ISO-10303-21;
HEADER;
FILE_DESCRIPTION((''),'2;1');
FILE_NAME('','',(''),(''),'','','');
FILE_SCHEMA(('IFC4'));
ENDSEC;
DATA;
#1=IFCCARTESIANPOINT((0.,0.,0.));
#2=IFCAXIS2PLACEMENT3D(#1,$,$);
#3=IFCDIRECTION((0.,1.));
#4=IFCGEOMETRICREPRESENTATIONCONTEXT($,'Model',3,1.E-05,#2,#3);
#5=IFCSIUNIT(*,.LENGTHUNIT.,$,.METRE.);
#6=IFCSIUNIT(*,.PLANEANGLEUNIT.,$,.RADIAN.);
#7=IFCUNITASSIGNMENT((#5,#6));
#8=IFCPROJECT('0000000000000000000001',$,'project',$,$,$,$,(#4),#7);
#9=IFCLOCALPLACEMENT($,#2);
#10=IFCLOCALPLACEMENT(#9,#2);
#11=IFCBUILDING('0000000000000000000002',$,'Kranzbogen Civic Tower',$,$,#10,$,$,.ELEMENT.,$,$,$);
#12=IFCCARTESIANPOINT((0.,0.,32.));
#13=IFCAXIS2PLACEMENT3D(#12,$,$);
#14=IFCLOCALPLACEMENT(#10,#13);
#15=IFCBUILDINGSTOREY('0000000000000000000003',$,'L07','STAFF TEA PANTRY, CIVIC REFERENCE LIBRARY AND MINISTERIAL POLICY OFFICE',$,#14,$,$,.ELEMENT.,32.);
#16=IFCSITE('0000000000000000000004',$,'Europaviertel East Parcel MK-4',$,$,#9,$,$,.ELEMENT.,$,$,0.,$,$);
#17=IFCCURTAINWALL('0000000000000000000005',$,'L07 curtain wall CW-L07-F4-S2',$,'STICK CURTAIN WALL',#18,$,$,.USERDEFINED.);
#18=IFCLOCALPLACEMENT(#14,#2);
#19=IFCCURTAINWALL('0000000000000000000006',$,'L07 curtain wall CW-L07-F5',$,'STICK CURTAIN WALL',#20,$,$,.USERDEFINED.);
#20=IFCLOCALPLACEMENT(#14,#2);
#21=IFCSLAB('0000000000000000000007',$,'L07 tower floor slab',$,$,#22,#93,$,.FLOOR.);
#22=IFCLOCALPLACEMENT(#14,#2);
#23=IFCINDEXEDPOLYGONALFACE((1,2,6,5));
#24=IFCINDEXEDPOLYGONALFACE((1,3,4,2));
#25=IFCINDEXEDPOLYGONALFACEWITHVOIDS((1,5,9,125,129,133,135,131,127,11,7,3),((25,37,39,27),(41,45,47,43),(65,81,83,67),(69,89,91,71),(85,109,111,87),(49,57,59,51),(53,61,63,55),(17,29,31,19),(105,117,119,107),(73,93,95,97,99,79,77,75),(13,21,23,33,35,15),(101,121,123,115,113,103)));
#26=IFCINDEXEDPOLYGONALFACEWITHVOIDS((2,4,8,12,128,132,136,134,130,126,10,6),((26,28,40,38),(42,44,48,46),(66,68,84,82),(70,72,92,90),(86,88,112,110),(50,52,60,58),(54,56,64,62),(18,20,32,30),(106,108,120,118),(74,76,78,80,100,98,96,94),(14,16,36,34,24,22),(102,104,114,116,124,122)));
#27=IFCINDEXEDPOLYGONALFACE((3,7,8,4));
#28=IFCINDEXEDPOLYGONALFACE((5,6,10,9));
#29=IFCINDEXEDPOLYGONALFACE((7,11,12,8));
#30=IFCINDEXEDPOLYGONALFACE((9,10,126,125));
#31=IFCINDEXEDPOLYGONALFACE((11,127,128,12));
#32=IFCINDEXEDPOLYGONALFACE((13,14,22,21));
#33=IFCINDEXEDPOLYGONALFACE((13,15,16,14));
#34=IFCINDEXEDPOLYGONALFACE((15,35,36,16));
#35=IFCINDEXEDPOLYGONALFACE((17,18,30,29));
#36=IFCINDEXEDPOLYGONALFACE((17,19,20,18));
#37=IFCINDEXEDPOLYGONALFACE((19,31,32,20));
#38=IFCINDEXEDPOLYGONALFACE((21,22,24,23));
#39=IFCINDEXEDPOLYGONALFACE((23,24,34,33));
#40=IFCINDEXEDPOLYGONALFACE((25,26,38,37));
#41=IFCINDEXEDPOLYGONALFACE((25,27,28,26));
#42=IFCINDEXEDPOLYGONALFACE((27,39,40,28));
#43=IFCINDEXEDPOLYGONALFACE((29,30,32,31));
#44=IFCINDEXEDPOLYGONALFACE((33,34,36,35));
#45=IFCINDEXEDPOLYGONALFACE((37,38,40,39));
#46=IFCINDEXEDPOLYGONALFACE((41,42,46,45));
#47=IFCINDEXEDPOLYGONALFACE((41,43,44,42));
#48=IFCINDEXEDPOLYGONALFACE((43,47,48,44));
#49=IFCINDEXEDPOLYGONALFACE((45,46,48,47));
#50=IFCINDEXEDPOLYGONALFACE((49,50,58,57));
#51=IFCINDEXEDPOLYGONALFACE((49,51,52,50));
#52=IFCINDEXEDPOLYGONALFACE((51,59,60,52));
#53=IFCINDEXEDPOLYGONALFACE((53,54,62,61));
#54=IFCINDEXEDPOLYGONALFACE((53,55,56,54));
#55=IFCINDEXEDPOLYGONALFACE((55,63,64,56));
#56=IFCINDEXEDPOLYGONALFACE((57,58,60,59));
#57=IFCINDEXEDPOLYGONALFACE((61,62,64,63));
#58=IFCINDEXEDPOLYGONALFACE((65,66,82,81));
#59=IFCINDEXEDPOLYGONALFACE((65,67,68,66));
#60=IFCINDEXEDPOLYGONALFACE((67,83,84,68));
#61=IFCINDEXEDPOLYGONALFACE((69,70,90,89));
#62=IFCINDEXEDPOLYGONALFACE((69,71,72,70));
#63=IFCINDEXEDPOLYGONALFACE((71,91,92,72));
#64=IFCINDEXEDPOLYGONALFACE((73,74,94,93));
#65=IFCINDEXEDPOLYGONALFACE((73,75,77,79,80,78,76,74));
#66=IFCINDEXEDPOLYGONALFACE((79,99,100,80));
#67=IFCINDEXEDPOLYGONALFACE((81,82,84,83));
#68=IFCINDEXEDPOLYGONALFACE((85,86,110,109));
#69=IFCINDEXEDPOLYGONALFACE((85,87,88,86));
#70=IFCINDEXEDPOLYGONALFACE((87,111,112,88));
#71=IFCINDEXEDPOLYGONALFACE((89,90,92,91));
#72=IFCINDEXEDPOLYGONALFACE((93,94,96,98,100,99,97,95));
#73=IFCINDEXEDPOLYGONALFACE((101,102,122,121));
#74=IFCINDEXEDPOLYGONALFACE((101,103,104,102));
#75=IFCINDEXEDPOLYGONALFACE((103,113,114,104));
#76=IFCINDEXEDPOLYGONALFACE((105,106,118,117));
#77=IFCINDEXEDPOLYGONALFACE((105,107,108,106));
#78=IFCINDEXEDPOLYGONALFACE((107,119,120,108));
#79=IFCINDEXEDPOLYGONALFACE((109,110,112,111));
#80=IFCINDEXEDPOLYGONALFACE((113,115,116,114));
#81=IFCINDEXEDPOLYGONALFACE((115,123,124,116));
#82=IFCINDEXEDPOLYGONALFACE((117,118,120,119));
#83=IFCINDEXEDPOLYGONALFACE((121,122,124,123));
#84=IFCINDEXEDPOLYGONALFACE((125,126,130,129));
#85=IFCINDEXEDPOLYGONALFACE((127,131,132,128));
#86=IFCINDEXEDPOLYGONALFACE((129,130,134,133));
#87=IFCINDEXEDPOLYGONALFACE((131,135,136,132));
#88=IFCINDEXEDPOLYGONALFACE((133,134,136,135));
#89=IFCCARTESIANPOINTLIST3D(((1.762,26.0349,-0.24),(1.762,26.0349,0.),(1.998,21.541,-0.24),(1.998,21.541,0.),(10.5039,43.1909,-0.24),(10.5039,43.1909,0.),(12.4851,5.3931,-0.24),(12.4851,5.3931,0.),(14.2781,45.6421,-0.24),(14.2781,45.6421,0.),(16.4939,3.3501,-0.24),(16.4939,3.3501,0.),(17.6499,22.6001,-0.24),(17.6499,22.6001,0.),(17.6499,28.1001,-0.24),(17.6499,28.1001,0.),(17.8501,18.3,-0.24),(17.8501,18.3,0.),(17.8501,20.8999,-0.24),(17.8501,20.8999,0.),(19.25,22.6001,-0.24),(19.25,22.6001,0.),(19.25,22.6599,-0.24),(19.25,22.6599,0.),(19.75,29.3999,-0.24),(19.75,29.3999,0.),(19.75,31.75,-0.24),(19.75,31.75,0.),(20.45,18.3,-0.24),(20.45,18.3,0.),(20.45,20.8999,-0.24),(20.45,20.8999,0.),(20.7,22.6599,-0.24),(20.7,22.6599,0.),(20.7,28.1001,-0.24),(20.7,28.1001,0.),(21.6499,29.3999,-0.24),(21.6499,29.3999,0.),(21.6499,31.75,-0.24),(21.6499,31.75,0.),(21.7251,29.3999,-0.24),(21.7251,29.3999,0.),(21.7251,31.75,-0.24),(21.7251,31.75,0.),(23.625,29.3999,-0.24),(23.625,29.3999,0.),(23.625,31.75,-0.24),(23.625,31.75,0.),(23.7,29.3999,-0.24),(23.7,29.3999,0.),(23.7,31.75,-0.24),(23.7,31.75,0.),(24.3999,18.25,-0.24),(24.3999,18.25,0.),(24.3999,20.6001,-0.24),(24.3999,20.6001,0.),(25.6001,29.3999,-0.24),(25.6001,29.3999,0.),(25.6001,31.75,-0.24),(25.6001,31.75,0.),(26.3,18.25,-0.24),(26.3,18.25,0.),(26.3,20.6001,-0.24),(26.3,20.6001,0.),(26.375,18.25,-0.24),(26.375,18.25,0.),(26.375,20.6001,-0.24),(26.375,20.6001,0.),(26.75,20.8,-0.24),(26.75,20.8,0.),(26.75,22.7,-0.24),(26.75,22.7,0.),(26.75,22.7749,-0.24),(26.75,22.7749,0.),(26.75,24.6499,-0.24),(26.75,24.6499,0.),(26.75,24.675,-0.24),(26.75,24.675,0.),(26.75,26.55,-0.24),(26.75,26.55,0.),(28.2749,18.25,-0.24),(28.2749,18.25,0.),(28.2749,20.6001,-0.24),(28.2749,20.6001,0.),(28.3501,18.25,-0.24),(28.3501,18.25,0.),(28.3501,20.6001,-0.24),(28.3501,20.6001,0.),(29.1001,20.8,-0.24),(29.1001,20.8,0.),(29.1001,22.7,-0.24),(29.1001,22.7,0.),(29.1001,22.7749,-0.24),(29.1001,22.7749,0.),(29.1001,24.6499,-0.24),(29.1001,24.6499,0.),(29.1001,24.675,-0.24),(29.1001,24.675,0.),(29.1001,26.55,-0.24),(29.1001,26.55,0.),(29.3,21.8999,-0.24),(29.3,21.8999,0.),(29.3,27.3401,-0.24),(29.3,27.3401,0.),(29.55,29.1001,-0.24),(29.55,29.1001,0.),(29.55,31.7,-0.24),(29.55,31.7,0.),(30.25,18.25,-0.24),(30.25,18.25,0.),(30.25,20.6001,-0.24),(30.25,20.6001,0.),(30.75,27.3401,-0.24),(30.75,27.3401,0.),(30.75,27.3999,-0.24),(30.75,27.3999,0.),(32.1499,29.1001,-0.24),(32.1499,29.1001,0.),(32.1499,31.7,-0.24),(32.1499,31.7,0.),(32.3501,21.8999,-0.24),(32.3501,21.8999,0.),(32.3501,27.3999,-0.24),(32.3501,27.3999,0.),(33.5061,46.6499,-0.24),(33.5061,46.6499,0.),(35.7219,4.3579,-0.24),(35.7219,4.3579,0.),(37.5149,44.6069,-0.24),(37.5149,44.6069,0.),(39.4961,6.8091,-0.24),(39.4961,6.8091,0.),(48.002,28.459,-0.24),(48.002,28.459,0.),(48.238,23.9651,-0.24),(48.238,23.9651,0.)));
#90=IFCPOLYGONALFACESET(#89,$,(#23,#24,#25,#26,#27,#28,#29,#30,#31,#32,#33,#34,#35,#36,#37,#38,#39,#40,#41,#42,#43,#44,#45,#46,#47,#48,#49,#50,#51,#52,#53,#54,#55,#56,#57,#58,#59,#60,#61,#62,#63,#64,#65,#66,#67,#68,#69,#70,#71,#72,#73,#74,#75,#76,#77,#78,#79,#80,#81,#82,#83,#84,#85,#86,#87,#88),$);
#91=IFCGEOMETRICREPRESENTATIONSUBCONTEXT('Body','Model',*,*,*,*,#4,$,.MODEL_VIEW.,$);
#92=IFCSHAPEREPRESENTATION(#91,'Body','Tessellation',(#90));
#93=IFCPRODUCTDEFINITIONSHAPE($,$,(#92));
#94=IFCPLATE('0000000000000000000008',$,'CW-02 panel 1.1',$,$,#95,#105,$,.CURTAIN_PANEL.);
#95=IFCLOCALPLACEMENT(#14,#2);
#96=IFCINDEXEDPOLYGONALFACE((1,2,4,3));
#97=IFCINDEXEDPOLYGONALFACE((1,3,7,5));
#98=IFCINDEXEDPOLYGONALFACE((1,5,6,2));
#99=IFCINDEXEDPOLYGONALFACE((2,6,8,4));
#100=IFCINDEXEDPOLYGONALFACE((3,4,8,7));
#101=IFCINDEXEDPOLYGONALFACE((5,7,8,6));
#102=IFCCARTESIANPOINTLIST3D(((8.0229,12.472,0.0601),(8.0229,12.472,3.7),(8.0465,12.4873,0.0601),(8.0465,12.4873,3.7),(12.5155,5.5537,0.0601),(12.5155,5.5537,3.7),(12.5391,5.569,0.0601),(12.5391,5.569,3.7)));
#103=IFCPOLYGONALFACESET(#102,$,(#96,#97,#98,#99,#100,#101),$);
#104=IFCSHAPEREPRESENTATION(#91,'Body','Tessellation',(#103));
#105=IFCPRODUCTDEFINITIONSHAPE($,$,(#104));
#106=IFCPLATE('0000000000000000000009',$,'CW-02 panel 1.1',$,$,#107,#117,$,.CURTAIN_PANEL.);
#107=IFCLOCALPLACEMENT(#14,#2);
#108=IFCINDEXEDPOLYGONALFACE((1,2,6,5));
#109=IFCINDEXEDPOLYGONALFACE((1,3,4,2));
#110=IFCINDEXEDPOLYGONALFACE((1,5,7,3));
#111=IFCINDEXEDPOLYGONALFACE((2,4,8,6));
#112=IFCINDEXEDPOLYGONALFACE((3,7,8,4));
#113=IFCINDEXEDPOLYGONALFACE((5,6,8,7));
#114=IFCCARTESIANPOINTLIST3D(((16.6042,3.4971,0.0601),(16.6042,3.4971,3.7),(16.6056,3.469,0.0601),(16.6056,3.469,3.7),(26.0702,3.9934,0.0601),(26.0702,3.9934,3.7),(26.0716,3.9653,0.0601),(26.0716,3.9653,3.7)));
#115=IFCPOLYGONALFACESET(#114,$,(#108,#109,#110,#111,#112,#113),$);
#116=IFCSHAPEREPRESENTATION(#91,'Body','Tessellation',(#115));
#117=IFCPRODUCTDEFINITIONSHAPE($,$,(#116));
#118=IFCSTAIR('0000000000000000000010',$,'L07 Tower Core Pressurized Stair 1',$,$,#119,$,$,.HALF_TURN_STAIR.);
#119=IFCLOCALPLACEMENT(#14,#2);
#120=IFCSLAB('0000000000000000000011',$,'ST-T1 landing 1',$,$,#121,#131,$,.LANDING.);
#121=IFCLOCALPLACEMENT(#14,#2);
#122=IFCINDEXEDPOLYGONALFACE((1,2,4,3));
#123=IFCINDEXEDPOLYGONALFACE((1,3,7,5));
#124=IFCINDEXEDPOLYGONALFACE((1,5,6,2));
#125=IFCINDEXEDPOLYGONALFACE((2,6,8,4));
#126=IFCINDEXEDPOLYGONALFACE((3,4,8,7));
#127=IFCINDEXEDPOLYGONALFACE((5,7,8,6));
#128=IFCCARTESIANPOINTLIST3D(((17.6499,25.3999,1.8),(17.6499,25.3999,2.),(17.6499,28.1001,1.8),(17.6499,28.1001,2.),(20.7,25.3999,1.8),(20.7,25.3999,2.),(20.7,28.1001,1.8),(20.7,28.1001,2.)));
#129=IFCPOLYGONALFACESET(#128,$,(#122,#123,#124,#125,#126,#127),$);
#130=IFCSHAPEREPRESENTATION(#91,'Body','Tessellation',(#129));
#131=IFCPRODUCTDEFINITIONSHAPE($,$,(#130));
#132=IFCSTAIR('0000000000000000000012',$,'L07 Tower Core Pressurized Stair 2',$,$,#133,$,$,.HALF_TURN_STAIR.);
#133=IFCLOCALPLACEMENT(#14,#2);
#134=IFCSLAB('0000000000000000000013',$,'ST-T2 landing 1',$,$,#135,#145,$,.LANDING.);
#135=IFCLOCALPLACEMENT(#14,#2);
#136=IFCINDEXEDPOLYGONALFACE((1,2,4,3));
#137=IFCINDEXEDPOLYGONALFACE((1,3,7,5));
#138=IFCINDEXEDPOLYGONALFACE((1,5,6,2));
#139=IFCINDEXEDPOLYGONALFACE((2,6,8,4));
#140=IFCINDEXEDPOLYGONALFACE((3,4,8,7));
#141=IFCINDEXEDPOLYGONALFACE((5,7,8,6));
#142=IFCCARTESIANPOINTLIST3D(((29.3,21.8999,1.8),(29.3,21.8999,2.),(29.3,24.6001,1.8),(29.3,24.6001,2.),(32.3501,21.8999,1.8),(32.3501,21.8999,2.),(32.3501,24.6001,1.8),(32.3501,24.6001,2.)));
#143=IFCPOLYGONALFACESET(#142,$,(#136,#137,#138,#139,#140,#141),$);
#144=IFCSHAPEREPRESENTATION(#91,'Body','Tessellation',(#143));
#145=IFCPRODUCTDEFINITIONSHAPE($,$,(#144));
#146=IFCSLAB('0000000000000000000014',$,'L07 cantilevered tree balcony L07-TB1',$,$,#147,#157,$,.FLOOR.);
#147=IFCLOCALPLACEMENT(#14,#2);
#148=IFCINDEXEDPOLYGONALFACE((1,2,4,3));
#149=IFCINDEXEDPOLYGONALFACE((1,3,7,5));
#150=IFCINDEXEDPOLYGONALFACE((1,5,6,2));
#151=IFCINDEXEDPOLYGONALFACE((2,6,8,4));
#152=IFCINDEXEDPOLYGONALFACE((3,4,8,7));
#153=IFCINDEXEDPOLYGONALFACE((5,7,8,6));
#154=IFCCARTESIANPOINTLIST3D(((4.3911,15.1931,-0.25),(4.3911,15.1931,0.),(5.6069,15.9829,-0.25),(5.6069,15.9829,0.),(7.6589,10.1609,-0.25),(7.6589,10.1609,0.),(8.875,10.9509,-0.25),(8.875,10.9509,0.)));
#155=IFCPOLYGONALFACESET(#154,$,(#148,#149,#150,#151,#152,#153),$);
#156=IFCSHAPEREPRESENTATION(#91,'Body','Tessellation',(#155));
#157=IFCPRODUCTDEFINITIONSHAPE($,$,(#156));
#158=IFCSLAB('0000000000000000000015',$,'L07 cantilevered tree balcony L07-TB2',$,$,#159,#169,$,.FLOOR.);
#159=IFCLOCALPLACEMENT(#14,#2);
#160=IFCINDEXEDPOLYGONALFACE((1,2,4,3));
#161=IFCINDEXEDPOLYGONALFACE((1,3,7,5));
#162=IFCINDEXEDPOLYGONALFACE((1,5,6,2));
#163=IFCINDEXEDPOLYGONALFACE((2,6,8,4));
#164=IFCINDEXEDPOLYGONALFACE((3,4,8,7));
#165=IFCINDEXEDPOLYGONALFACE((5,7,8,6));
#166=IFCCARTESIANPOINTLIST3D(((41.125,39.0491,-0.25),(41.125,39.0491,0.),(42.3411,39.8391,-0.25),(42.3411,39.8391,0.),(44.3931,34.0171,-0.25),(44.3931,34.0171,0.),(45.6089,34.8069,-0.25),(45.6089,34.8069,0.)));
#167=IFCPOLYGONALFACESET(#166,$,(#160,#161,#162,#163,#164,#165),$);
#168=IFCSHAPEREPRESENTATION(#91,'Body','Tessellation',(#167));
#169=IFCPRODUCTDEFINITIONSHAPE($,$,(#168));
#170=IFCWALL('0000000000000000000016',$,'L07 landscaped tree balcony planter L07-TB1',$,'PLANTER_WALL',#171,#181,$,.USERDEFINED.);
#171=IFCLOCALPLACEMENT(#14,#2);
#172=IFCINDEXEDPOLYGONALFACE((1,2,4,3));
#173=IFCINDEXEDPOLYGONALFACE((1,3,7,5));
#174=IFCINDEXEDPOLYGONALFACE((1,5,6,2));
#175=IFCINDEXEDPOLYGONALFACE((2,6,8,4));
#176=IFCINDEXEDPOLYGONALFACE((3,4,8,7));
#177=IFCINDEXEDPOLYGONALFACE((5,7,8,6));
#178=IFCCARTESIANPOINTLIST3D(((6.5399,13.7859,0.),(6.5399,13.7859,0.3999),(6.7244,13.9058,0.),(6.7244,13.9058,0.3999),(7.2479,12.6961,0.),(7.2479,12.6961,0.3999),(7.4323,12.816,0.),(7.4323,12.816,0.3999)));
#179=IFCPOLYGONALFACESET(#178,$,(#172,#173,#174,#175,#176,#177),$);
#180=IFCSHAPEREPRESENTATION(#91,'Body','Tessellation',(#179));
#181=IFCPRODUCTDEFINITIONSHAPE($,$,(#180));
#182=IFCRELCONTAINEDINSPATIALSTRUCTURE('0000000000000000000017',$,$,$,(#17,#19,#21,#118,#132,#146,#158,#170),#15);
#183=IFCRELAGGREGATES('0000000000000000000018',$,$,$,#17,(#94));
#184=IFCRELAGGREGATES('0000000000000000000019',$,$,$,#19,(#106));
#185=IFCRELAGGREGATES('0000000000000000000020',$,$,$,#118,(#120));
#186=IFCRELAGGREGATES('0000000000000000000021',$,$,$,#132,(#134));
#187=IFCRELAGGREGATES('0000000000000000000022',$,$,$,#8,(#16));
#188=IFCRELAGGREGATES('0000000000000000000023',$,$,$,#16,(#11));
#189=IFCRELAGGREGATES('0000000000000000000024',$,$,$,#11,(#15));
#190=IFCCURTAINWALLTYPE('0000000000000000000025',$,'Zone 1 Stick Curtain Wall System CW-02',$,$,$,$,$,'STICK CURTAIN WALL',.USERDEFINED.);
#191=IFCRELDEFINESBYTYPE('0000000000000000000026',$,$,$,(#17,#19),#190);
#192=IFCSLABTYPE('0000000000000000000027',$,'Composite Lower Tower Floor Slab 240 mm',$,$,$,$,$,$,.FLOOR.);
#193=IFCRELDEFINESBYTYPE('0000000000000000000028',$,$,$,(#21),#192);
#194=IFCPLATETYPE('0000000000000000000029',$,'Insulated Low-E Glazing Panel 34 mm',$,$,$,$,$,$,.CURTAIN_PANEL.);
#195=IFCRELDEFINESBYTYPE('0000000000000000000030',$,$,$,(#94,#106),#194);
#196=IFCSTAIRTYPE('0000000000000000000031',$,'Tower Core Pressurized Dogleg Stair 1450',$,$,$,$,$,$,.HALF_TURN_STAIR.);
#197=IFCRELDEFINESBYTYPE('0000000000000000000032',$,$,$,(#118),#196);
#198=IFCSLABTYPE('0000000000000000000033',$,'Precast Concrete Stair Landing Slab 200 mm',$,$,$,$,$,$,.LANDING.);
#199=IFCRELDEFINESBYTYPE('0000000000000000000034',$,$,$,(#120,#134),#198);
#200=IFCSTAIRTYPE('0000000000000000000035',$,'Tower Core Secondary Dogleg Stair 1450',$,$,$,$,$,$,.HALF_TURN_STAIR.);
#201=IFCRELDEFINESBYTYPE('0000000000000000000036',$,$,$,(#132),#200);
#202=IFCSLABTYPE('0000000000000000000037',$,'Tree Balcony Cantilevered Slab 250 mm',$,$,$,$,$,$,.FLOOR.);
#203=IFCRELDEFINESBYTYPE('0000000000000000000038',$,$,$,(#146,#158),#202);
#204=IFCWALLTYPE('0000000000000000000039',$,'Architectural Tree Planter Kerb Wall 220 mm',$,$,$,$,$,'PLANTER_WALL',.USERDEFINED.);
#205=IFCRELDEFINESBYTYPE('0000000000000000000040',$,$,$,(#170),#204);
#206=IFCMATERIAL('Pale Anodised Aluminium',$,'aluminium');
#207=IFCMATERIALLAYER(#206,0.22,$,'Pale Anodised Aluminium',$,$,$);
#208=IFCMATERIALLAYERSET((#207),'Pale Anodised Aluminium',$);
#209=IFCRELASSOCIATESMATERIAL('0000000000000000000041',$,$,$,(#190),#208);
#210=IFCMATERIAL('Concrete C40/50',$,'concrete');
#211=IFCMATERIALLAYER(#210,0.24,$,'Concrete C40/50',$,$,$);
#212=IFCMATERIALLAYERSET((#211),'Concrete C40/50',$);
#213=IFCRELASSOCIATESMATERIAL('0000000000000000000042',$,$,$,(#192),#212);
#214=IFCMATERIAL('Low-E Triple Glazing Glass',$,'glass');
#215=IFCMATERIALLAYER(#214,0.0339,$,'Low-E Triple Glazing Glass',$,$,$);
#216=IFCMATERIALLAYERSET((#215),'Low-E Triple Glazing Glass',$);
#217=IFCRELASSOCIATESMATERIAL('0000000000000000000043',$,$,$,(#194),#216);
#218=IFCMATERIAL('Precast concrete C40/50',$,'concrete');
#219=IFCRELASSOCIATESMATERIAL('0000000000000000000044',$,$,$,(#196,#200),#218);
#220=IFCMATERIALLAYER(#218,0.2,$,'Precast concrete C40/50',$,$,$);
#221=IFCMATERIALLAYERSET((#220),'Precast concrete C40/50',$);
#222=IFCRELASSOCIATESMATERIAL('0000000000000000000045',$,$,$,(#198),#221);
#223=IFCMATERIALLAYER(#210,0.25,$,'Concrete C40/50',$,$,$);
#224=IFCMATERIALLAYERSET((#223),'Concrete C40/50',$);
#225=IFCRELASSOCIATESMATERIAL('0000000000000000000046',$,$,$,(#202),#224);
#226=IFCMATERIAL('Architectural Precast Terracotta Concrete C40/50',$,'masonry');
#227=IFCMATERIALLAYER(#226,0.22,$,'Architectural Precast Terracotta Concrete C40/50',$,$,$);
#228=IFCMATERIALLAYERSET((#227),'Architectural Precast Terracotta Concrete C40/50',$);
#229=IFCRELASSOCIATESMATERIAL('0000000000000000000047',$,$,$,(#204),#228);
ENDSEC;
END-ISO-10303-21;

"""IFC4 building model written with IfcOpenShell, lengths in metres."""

from ifc_helpers import new_model, si_unit, direction, frame, frame_2d, origin, origin_2d, place, context, subcontext, project, spatial, polyline, rectangle, outline, extrude, material, layer, layer_set, type_object, element, aggregate, save


model = new_model("IFC4")

# Units and contexts
model_context = context("Model", 3, precision=1e-05, world=origin(), true_north=direction((0.0, 1.0)))
body_context = subcontext(model_context, "Body", "Model", "MODEL_VIEW")
ifc_project = project(units=[si_unit("LENGTHUNIT", "METRE"), si_unit("PLANEANGLEUNIT", "RADIAN")], contexts=[model_context])

# Site, building, storey
site_placement = place(None, origin())
site = spatial("IfcSite", under=ifc_project, at=site_placement, Name="Europaviertel East Parcel MK-4", CompositionType="ELEMENT", RefElevation=0.0)
building_placement = place(site_placement, origin())
building = spatial("IfcBuilding", under=site, at=building_placement, Name="Kranzbogen Civic Tower", CompositionType="ELEMENT")
storey_placement = place(building_placement, frame((0.0, 0.0, 32.0)))
storey = spatial("IfcBuildingStorey", under=building, at=storey_placement, Name="L07", Description="STAFF TEA PANTRY, CIVIC REFERENCE LIBRARY AND MINISTERIAL POLICY OFFICE", CompositionType="ELEMENT", Elevation=32.0)

# Shared definitions
ifc_material_1 = material(Name="Pale Anodised Aluminium", Category="aluminium")
ifc_layer_1 = layer(ifc_material_1, 0.22, Name="Pale Anodised Aluminium")
ifc_layer_set_1 = layer_set([ifc_layer_1], Name="Pale Anodised Aluminium")
curtain_wall_type = type_object("IfcCurtainWallType", Name="Zone 1 Stick Curtain Wall System CW-02", ElementType="STICK CURTAIN WALL", PredefinedType="USERDEFINED", material=ifc_layer_set_1)

# Curtain wall
curtain_wall_1_placement = place(storey_placement, origin())
curtain_wall_1 = element("IfcCurtainWall", 1, at=curtain_wall_1_placement, inside=storey, type_object=curtain_wall_type, Name="L07 curtain wall CW-L07-F4-S2", ObjectType="STICK CURTAIN WALL", PredefinedType="USERDEFINED")

# Curtain wall
curtain_wall_2_placement = place(storey_placement, origin())
curtain_wall_2 = element("IfcCurtainWall", 2, at=curtain_wall_2_placement, inside=storey, type_object=curtain_wall_type, Name="L07 curtain wall CW-L07-F5", ObjectType="STICK CURTAIN WALL", PredefinedType="USERDEFINED")

# Slab
ifc_material_2 = material(Name="Concrete C40/50", Category="concrete")
ifc_layer_2 = layer(ifc_material_2, 0.24, Name="Concrete C40/50")
ifc_layer_set_2 = layer_set([ifc_layer_2], Name="Concrete C40/50")
slab_type_1 = type_object("IfcSlabType", Name="Composite Lower Tower Floor Slab 240 mm", PredefinedType="FLOOR", material=ifc_layer_set_2)
slab_1_placement = place(storey_placement, frame((0.0, 0.0, -0.24)))
element("IfcSlab", 3, at=slab_1_placement, inside=storey, type_object=slab_type_1, Name="L07 tower floor slab", PredefinedType="FLOOR", context=body_context, shape_type="SweptSolid", body=[
    extrude(outline(polyline([(48.002, 28.459), (37.5149, 44.6069), (33.5061, 46.6499), (14.2781, 45.6421), (10.5039, 43.1909), (1.762, 26.0349), (1.998, 21.541), (12.4851, 5.3931), (16.4939, 3.3501), (35.7219, 4.3579), (39.4961, 6.8091), (48.238, 23.9651), (48.002, 28.459)]), holes=[polyline([(26.3, 20.6001), (26.3, 18.25), (24.3999, 18.25), (24.3999, 20.6001), (26.3, 20.6001)]), polyline([(28.2749, 18.25), (26.375, 18.25), (26.375, 20.6001), (28.2749, 20.6001), (28.2749, 18.25)]), polyline([(20.45, 18.3), (17.8501, 18.3), (17.8501, 20.8999), (20.45, 20.8999), (20.45, 18.3)]), polyline([(20.7, 22.6599), (19.25, 22.6599), (19.25, 22.6001), (17.6499, 22.6001), (17.6499, 28.1001), (20.7, 28.1001), (20.7, 22.6599)]), polyline([(21.6499, 29.3999), (19.75, 29.3999), (19.75, 31.75), (21.6499, 31.75), (21.6499, 29.3999)]), polyline([(23.625, 29.3999), (21.7251, 29.3999), (21.7251, 31.75), (23.625, 31.75), (23.625, 29.3999)]), polyline([(25.6001, 31.75), (25.6001, 29.3999), (23.7, 29.3999), (23.7, 31.75), (25.6001, 31.75)]), polyline([(30.25, 18.25), (28.3501, 18.25), (28.3501, 20.6001), (30.25, 20.6001), (30.25, 18.25)]), polyline([(29.1001, 20.8), (26.75, 20.8), (26.75, 22.7), (29.1001, 22.7), (29.1001, 20.8)]), polyline([(26.75, 26.55), (29.1001, 26.55), (29.1001, 24.675), (29.1001, 24.6499), (29.1001, 22.7749), (26.75, 22.7749), (26.75, 24.6499), (26.75, 24.675), (26.75, 26.55)]), polyline([(30.75, 27.3401), (30.75, 27.3999), (32.3501, 27.3999), (32.3501, 21.8999), (29.3, 21.8999), (29.3, 27.3401), (30.75, 27.3401)]), polyline([(32.1499, 29.1001), (29.55, 29.1001), (29.55, 31.7), (32.1499, 31.7), (32.1499, 29.1001)])]), origin(), (0.0, 0.0, 1.0), 0.24),
])

# Plates
ifc_material_3 = material(Name="Low-E Triple Glazing Glass", Category="glass")
ifc_layer_3 = layer(ifc_material_3, 0.0339, Name="Low-E Triple Glazing Glass")
ifc_layer_set_3 = layer_set([ifc_layer_3], Name="Low-E Triple Glazing Glass")
plate_type = type_object("IfcPlateType", Name="Insulated Low-E Glazing Panel 34 mm", PredefinedType="CURTAIN_PANEL", material=ifc_layer_set_3)
plate_1_placement = place(storey_placement, frame((10.281, 9.0205, 0.0601), z_axis=(0.0, 0.0, 1.0), x_axis=(0.544623, -0.838681, 0.0)))
plate_1 = element("IfcPlate", 4, at=plate_1_placement, type_object=plate_type, Name="CW-02 panel 1.1", PredefinedType="CURTAIN_PANEL", context=body_context, shape_type="SweptSolid", body=[
    extrude(rectangle(XDim=8.249, YDim=0.0281, at=origin_2d()), origin(), (0.0, 0.0, 1.0), 3.6399),
])
aggregate(curtain_wall_1, [plate_1])
plate_2_placement = place(storey_placement, frame((21.3379, 3.7312, 0.0601), z_axis=(0.0, 0.0, 1.0), x_axis=(0.998628, 0.052356, 0.0)))
plate_2 = element("IfcPlate", 5, at=plate_2_placement, type_object=plate_type, Name="CW-02 panel 1.1", PredefinedType="CURTAIN_PANEL", context=body_context, shape_type="SweptSolid", body=[
    extrude(rectangle(XDim=9.479, YDim=0.0281, at=origin_2d()), origin(), (0.0, 0.0, 1.0), 3.6399),
])
aggregate(curtain_wall_2, [plate_2])

# Stairs, slabs
ifc_material_4 = material(Name="Precast concrete C40/50", Category="concrete")
stair_type_1 = type_object("IfcStairType", Name="Tower Core Pressurized Dogleg Stair 1450", PredefinedType="HALF_TURN_STAIR", material=ifc_material_4)
stair_1_placement = place(storey_placement, origin())
stair_1 = element("IfcStair", 6, at=stair_1_placement, inside=storey, type_object=stair_type_1, Name="L07 Tower Core Pressurized Stair 1", PredefinedType="HALF_TURN_STAIR")
ifc_layer_4 = layer(ifc_material_4, 0.2, Name="Precast concrete C40/50")
ifc_layer_set_4 = layer_set([ifc_layer_4], Name="Precast concrete C40/50")
slab_type_2 = type_object("IfcSlabType", Name="Precast Concrete Stair Landing Slab 200 mm", PredefinedType="LANDING", material=ifc_layer_set_4)
slab_2_placement = place(storey_placement, frame((0.0, 0.0, 1.8)))
slab_2 = element("IfcSlab", 7, at=slab_2_placement, type_object=slab_type_2, Name="ST-T1 landing 1", PredefinedType="LANDING", context=body_context, shape_type="SweptSolid", body=[
    extrude(outline(polyline([(20.7, 25.3999), (20.7, 28.1001), (17.6499, 28.1001), (17.6499, 25.3999), (20.7, 25.3999)])), origin(), (0.0, 0.0, 1.0), 0.2),
])
aggregate(stair_1, [slab_2])
stair_type_2 = type_object("IfcStairType", Name="Tower Core Secondary Dogleg Stair 1450", PredefinedType="HALF_TURN_STAIR", material=ifc_material_4)
stair_2_placement = place(storey_placement, origin())
stair_2 = element("IfcStair", 8, at=stair_2_placement, inside=storey, type_object=stair_type_2, Name="L07 Tower Core Pressurized Stair 2", PredefinedType="HALF_TURN_STAIR")
slab_3_placement = place(storey_placement, frame((0.0, 0.0, 1.8)))
slab_3 = element("IfcSlab", 9, at=slab_3_placement, type_object=slab_type_2, Name="ST-T2 landing 1", PredefinedType="LANDING", context=body_context, shape_type="SweptSolid", body=[
    extrude(outline(polyline([(29.3, 24.6001), (29.3, 21.8999), (32.3501, 21.8999), (32.3501, 24.6001), (29.3, 24.6001)])), origin(), (0.0, 0.0, 1.0), 0.2),
])
aggregate(stair_2, [slab_3])

# Slabs
ifc_layer_5 = layer(ifc_material_2, 0.25, Name="Concrete C40/50")
ifc_layer_set_5 = layer_set([ifc_layer_5], Name="Concrete C40/50")
slab_type_3 = type_object("IfcSlabType", Name="Tree Balcony Cantilevered Slab 250 mm", PredefinedType="FLOOR", material=ifc_layer_set_5)
slab_4_placement = place(storey_placement, frame((0.0, 0.0, -0.25)))
element("IfcSlab", 10, at=slab_4_placement, inside=storey, type_object=slab_type_3, Name="L07 cantilevered tree balcony L07-TB1", PredefinedType="FLOOR", context=body_context, shape_type="SweptSolid", body=[
    extrude(outline(polyline([(5.6069, 15.9829), (8.875, 10.9509), (7.6589, 10.1609), (4.3911, 15.1931), (5.6069, 15.9829)])), origin(), (0.0, 0.0, 1.0), 0.25),
])
slab_5_placement = place(storey_placement, frame((0.0, 0.0, -0.25)))
element("IfcSlab", 11, at=slab_5_placement, inside=storey, type_object=slab_type_3, Name="L07 cantilevered tree balcony L07-TB2", PredefinedType="FLOOR", context=body_context, shape_type="SweptSolid", body=[
    extrude(outline(polyline([(44.3931, 34.0171), (41.125, 39.0491), (42.3411, 39.8391), (45.6089, 34.8069), (44.3931, 34.0171)])), origin(), (0.0, 0.0, 1.0), 0.25),
])

# Wall
ifc_material_5 = material(Name="Architectural Precast Terracotta Concrete C40/50", Category="masonry")
ifc_layer_6 = layer(ifc_material_5, 0.22, Name="Architectural Precast Terracotta Concrete C40/50")
ifc_layer_set_6 = layer_set([ifc_layer_6], Name="Architectural Precast Terracotta Concrete C40/50")
wall_type_1 = type_object("IfcWallType", Name="Architectural Tree Planter Kerb Wall 220 mm", ElementType="PLANTER_WALL", PredefinedType="USERDEFINED", material=ifc_layer_set_6)
wall_1_placement = place(storey_placement, frame((6.6321, 13.8459, 0.0), z_axis=(0.0, 0.0, 1.0), x_axis=(0.544777, -0.838581, 0.0)))
element("IfcWall", 12, at=wall_1_placement, inside=storey, type_object=wall_type_1, Name="L07 landscaped tree balcony planter L07-TB1", ObjectType="PLANTER_WALL", PredefinedType="USERDEFINED", context=body_context, shape_type="SweptSolid", body=[
    extrude(rectangle(XDim=1.2996, YDim=0.22, at=frame_2d((0.6499, 0.0))), origin(), (0.0, 0.0, 1.0), 0.3999),
])

save(model, "model.ifc")
